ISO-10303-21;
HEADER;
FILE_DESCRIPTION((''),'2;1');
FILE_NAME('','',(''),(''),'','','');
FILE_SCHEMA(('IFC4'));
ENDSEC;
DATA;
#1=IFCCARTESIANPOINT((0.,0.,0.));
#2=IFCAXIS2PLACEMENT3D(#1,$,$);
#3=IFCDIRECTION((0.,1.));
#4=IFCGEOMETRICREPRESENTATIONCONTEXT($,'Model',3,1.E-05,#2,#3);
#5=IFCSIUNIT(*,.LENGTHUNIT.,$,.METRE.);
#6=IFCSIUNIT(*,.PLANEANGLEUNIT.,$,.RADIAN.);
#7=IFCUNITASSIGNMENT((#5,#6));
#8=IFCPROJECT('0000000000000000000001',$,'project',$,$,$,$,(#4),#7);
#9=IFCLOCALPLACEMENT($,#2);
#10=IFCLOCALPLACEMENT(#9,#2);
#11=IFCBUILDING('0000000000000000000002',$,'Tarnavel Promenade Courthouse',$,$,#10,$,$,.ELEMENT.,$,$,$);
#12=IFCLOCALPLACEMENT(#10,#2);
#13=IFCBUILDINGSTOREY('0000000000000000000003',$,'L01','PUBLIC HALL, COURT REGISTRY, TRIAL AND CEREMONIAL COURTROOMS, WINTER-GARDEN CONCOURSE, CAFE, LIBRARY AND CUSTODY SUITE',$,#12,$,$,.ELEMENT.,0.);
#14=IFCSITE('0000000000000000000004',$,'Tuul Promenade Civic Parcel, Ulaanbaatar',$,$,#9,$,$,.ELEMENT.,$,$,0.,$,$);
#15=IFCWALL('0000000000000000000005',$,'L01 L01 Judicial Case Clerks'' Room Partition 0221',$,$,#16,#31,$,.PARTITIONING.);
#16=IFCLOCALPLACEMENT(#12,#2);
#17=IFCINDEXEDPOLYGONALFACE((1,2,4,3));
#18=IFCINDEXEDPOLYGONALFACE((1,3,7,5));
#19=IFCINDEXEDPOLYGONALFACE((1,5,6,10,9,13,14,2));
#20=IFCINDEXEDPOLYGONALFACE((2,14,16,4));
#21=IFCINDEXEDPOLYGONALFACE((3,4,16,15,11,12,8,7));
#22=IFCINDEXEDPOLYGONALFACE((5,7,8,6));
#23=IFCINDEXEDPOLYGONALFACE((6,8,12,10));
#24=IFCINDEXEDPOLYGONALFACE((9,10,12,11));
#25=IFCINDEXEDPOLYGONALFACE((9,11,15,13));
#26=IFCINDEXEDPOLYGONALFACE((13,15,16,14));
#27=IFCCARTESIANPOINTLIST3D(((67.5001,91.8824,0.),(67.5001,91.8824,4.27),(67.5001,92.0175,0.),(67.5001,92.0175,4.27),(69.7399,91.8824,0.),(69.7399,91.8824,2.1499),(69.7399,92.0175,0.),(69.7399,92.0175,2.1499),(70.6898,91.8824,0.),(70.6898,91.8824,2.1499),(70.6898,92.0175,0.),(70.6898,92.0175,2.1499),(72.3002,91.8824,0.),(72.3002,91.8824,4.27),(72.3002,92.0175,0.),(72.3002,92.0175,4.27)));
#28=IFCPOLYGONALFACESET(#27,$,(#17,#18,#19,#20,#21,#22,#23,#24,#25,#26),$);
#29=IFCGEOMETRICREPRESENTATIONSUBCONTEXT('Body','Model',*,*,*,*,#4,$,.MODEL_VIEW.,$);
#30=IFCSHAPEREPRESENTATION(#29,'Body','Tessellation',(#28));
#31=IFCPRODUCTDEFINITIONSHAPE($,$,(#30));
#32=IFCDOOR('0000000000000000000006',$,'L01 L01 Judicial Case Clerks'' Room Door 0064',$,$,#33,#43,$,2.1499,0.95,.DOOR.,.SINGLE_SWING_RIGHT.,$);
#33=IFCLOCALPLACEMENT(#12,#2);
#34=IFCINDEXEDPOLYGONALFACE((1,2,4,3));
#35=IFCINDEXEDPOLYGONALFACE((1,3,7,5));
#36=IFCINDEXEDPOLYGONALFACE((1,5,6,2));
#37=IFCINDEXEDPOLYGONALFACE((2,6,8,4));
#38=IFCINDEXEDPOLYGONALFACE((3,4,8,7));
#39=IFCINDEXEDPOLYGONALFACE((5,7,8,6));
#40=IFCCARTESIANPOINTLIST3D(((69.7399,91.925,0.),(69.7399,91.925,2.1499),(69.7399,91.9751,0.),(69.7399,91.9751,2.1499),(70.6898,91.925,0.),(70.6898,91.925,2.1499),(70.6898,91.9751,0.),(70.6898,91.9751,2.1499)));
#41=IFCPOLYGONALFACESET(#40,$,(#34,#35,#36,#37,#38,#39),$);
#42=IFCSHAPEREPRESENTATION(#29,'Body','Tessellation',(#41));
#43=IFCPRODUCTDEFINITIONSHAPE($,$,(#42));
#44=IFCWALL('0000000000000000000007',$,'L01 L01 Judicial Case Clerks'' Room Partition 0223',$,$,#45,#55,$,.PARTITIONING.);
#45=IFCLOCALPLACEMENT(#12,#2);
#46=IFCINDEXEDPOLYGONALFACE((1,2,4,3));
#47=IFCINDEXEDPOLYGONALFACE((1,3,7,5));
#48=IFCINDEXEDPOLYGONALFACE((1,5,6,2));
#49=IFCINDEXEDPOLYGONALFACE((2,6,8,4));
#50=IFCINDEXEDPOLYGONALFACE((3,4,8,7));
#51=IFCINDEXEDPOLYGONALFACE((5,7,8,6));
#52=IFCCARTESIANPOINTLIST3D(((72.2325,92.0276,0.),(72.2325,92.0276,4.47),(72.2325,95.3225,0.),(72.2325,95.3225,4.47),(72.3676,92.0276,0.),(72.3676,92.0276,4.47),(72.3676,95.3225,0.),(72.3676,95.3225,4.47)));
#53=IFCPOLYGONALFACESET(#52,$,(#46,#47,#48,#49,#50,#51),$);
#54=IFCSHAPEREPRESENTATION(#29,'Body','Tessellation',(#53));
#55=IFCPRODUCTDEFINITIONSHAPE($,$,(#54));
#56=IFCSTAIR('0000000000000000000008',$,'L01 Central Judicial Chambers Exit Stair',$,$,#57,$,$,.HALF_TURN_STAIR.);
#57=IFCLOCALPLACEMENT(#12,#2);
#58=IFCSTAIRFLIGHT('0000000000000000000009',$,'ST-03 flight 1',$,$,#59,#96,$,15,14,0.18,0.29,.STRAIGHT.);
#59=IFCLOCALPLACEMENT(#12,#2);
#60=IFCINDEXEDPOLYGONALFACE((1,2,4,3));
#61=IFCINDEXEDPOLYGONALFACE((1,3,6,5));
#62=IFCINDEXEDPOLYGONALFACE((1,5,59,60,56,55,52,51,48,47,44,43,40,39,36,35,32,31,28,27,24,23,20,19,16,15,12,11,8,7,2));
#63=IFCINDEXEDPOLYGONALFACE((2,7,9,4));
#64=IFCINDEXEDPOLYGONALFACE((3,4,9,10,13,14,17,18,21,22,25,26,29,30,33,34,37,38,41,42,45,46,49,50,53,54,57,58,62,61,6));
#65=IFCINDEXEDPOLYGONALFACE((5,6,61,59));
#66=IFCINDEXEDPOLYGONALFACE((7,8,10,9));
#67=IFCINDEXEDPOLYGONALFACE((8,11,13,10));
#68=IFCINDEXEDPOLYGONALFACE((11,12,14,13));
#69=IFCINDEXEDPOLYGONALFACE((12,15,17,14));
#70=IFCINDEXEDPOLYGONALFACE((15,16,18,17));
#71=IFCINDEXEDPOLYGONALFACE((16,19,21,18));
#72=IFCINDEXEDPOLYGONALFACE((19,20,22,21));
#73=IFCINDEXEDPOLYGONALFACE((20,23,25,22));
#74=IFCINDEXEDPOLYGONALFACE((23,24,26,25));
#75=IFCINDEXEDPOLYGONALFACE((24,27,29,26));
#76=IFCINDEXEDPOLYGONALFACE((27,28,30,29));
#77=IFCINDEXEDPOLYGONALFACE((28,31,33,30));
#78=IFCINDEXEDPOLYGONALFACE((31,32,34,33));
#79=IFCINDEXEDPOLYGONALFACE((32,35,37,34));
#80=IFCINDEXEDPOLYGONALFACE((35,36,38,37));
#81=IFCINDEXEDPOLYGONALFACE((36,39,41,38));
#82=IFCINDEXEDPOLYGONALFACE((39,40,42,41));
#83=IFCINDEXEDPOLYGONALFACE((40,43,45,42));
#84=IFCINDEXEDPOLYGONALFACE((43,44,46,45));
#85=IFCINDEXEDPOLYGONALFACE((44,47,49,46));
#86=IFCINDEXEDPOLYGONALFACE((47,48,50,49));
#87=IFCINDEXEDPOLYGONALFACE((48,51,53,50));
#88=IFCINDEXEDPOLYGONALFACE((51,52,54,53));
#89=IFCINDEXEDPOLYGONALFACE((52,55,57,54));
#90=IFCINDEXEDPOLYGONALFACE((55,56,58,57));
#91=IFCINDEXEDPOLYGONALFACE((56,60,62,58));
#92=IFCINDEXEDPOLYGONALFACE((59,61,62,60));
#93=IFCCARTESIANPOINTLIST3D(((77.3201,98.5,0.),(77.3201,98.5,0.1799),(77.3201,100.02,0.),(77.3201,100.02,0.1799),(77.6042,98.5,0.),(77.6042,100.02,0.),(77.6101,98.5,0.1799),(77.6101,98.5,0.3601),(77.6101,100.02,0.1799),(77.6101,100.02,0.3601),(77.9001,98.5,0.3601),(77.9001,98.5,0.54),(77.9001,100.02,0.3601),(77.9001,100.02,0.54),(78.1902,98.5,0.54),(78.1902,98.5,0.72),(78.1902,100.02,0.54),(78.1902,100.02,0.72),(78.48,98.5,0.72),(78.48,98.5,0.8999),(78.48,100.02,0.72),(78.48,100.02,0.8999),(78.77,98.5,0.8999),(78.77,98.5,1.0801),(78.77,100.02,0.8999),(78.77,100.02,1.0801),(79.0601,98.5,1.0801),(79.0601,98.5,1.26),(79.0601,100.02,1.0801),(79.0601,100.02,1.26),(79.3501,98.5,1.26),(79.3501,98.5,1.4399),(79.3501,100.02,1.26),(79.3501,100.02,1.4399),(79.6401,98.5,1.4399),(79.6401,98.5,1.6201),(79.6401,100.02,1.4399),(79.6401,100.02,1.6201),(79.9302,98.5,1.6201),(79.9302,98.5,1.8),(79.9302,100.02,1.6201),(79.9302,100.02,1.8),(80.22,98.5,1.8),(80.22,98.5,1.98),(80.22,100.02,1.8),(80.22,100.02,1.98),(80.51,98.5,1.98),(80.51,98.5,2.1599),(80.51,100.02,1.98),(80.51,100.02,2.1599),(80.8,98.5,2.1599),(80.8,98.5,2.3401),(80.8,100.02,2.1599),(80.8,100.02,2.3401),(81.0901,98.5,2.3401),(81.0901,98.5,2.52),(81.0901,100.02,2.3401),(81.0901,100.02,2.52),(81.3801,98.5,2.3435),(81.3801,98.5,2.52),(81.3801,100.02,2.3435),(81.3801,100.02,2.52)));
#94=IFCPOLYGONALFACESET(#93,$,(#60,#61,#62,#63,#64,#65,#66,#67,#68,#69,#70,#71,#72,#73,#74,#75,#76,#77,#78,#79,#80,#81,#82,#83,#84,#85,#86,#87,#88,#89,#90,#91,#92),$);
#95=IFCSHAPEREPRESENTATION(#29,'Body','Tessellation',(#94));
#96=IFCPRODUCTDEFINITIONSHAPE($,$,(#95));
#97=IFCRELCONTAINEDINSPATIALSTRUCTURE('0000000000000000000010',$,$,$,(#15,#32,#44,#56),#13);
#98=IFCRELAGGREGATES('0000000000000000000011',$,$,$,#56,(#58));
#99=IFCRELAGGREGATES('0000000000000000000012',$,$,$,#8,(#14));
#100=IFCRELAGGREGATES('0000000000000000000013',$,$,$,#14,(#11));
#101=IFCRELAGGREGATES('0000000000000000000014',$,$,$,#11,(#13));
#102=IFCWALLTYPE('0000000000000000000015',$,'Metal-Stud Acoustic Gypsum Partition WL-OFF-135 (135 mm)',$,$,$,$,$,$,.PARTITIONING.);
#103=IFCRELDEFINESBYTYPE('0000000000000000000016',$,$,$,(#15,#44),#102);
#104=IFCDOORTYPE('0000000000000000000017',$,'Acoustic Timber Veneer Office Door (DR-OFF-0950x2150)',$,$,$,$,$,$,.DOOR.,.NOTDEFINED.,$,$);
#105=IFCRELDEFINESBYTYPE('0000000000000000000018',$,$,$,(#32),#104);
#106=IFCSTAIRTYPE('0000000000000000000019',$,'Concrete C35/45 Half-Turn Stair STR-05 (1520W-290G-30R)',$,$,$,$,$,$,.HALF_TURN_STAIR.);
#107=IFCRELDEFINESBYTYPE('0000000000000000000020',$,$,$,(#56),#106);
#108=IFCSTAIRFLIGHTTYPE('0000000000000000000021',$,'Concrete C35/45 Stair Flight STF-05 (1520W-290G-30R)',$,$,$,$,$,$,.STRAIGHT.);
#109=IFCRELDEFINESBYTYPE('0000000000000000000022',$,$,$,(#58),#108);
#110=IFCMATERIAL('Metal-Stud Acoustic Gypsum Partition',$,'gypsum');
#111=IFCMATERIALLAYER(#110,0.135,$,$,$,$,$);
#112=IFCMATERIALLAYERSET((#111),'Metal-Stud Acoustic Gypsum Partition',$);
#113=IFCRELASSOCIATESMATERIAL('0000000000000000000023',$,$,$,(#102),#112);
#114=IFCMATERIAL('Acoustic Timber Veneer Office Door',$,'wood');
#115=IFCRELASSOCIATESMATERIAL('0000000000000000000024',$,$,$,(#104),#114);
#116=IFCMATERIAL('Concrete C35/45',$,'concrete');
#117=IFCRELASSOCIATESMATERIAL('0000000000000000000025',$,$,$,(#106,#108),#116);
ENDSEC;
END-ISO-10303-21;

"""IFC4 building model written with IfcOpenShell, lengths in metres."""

from ifc_helpers import new_model, si_unit, direction, frame, frame_2d, origin, place, context, subcontext, project, spatial, polyline, rectangle, outline, extrude, material, layer, layer_set, type_object, element, fill, aggregate, save


model = new_model("IFC4")

# Units and contexts
model_context = context("Model", 3, precision=1e-05, world=origin(), true_north=direction((0.0, 1.0)))
body_context = subcontext(model_context, "Body", "Model", "MODEL_VIEW")
ifc_project = project(units=[si_unit("LENGTHUNIT", "METRE"), si_unit("PLANEANGLEUNIT", "RADIAN")], contexts=[model_context])

# Site, building, storey
site_placement = place(None, origin())
site = spatial("IfcSite", under=ifc_project, at=site_placement, Name="Tuul Promenade Civic Parcel, Ulaanbaatar", CompositionType="ELEMENT", RefElevation=0.0)
building_placement = place(site_placement, origin())
building = spatial("IfcBuilding", under=site, at=building_placement, Name="Tarnavel Promenade Courthouse", CompositionType="ELEMENT")
storey_placement = place(building_placement, origin())
storey = spatial("IfcBuildingStorey", under=building, at=storey_placement, Name="L01", Description="PUBLIC HALL, COURT REGISTRY, TRIAL AND CEREMONIAL COURTROOMS, WINTER-GARDEN CONCOURSE, CAFE, LIBRARY AND CUSTODY SUITE", CompositionType="ELEMENT", Elevation=0.0)

# Shared definitions
ifc_material_1 = material(Name="Metal-Stud Acoustic Gypsum Partition", Category="gypsum")
ifc_layer_1 = layer(ifc_material_1, 0.135)
ifc_layer_set_1 = layer_set([ifc_layer_1], Name="Metal-Stud Acoustic Gypsum Partition")
wall_type_1 = type_object("IfcWallType", Name="Metal-Stud Acoustic Gypsum Partition WL-OFF-135 (135 mm)", PredefinedType="PARTITIONING", material=ifc_layer_set_1)

# Wall, opening, door
ifc_material_2 = material(Name="Acoustic Timber Veneer Office Door", Category="wood")
door_type_1 = type_object("IfcDoorType", Name="Acoustic Timber Veneer Office Door (DR-OFF-0950x2150)", OperationType="NOTDEFINED", PredefinedType="DOOR", material=ifc_material_2)
wall_1_placement = place(storey_placement, frame((72.3, 91.95, 0.0), z_axis=(0.0, 0.0, 1.0), x_axis=(-1.0, 0.0, 0.0)))
wall_1 = element("IfcWall", 1, at=wall_1_placement, inside=storey, type_object=wall_type_1, Name="L01 L01 Judicial Case Clerks' Room Partition 0221", PredefinedType="PARTITIONING", context=body_context, shape_type="SweptSolid", body=[
    extrude(rectangle(XDim=4.8, YDim=0.135, at=frame_2d((2.3999, 0.0))), origin(), (0.0, 0.0, 1.0), 4.27),
])
opening_1_placement = place(wall_1_placement, frame((1.6101, 0.0, 0.0)))
opening_1 = element("IfcOpeningElement", 2, at=opening_1_placement, cuts=wall_1, PredefinedType="OPENING", context=body_context, shape_type="SweptSolid", body=[
    extrude(rectangle(XDim=0.95, YDim=2.1499, at=frame_2d((0.4751, 1.075))), frame((0.0, 0.0774, 0.0), z_axis=(0.0, -1.0, 0.0), x_axis=(1.0, 0.0, 0.0)), (0.0, 0.0, 1.0), 0.155),
])
door_1_placement = place(opening_1_placement, origin())
door_1 = element("IfcDoor", 3, at=door_1_placement, inside=storey, type_object=door_type_1, Name="L01 L01 Judicial Case Clerks' Room Door 0064", OperationType="SINGLE_SWING_RIGHT", OverallHeight=2.1499, OverallWidth=0.95, PredefinedType="DOOR", context=body_context, shape_type="SweptSolid", body=[
    extrude(rectangle(XDim=0.95, YDim=2.1499, at=frame_2d((0.4751, 1.075))), frame((0.0, 0.0249, 0.0), z_axis=(0.0, -1.0, 0.0), x_axis=(1.0, 0.0, 0.0)), (0.0, 0.0, 1.0), 0.05),
])
fill(opening_1, door_1)

# Wall
wall_2_placement = place(storey_placement, frame((72.3, 95.3225, 0.0), z_axis=(0.0, 0.0, 1.0), x_axis=(0.0, -1.0, 0.0)))
element("IfcWall", 4, at=wall_2_placement, inside=storey, type_object=wall_type_1, Name="L01 L01 Judicial Case Clerks' Room Partition 0223", PredefinedType="PARTITIONING", context=body_context, shape_type="SweptSolid", body=[
    extrude(rectangle(XDim=3.2949, YDim=0.135, at=frame_2d((1.6475, 0.0))), origin(), (0.0, 0.0, 1.0), 4.47),
])

# Stair, stair flight
ifc_material_3 = material(Name="Concrete C35/45", Category="concrete")
stair_type = type_object("IfcStairType", Name="Concrete C35/45 Half-Turn Stair STR-05 (1520W-290G-30R)", PredefinedType="HALF_TURN_STAIR", material=ifc_material_3)
stair_placement = place(storey_placement, origin())
stair = element("IfcStair", 5, at=stair_placement, inside=storey, type_object=stair_type, Name="L01 Central Judicial Chambers Exit Stair", PredefinedType="HALF_TURN_STAIR")
stair_flight_type = type_object("IfcStairFlightType", Name="Concrete C35/45 Stair Flight STF-05 (1520W-290G-30R)", PredefinedType="STRAIGHT", material=ifc_material_3)
stair_flight_placement = place(storey_placement, frame((77.3201, 99.26, 0.0), z_axis=(0.0, 0.0, 1.0), x_axis=(1.0, 0.0, 0.0)))
stair_flight = element("IfcStairFlight", 6, at=stair_flight_placement, type_object=stair_flight_type, Name="ST-03 flight 1", NumberOfRisers=15, NumberOfTreads=14, PredefinedType="STRAIGHT", RiserHeight=0.18, TreadLength=0.29, context=body_context, shape_type="SweptSolid", body=[
    extrude(outline(polyline([(0.0, 0.0), (0.0, 0.1799), (0.29, 0.1799), (0.29, 0.3601), (0.5801, 0.3601), (0.5801, 0.54), (0.8701, 0.54), (0.8701, 0.72), (1.1599, 0.72), (1.1599, 0.8999), (1.45, 0.8999), (1.45, 1.0801), (1.74, 1.0801), (1.74, 1.26), (2.03, 1.26), (2.03, 1.4399), (2.3201, 1.4399), (2.3201, 1.6201), (2.6101, 1.6201), (2.6101, 1.8), (2.8999, 1.8), (2.8999, 1.98), (3.1899, 1.98), (3.1899, 2.1599), (3.48, 2.1599), (3.48, 2.3401), (3.77, 2.3401), (3.77, 2.52), (4.0601, 2.52), (4.0601, 2.7), (4.0601, 2.3435), (0.2842, 0.0), (0.0, 0.0)])), frame((0.0, 0.76, 0.0), z_axis=(0.0, -1.0, 0.0), x_axis=(1.0, 0.0, 0.0)), (0.0, 0.0, 1.0), 1.52),
])
aggregate(stair, [stair_flight])

save(model, "model.ifc")
